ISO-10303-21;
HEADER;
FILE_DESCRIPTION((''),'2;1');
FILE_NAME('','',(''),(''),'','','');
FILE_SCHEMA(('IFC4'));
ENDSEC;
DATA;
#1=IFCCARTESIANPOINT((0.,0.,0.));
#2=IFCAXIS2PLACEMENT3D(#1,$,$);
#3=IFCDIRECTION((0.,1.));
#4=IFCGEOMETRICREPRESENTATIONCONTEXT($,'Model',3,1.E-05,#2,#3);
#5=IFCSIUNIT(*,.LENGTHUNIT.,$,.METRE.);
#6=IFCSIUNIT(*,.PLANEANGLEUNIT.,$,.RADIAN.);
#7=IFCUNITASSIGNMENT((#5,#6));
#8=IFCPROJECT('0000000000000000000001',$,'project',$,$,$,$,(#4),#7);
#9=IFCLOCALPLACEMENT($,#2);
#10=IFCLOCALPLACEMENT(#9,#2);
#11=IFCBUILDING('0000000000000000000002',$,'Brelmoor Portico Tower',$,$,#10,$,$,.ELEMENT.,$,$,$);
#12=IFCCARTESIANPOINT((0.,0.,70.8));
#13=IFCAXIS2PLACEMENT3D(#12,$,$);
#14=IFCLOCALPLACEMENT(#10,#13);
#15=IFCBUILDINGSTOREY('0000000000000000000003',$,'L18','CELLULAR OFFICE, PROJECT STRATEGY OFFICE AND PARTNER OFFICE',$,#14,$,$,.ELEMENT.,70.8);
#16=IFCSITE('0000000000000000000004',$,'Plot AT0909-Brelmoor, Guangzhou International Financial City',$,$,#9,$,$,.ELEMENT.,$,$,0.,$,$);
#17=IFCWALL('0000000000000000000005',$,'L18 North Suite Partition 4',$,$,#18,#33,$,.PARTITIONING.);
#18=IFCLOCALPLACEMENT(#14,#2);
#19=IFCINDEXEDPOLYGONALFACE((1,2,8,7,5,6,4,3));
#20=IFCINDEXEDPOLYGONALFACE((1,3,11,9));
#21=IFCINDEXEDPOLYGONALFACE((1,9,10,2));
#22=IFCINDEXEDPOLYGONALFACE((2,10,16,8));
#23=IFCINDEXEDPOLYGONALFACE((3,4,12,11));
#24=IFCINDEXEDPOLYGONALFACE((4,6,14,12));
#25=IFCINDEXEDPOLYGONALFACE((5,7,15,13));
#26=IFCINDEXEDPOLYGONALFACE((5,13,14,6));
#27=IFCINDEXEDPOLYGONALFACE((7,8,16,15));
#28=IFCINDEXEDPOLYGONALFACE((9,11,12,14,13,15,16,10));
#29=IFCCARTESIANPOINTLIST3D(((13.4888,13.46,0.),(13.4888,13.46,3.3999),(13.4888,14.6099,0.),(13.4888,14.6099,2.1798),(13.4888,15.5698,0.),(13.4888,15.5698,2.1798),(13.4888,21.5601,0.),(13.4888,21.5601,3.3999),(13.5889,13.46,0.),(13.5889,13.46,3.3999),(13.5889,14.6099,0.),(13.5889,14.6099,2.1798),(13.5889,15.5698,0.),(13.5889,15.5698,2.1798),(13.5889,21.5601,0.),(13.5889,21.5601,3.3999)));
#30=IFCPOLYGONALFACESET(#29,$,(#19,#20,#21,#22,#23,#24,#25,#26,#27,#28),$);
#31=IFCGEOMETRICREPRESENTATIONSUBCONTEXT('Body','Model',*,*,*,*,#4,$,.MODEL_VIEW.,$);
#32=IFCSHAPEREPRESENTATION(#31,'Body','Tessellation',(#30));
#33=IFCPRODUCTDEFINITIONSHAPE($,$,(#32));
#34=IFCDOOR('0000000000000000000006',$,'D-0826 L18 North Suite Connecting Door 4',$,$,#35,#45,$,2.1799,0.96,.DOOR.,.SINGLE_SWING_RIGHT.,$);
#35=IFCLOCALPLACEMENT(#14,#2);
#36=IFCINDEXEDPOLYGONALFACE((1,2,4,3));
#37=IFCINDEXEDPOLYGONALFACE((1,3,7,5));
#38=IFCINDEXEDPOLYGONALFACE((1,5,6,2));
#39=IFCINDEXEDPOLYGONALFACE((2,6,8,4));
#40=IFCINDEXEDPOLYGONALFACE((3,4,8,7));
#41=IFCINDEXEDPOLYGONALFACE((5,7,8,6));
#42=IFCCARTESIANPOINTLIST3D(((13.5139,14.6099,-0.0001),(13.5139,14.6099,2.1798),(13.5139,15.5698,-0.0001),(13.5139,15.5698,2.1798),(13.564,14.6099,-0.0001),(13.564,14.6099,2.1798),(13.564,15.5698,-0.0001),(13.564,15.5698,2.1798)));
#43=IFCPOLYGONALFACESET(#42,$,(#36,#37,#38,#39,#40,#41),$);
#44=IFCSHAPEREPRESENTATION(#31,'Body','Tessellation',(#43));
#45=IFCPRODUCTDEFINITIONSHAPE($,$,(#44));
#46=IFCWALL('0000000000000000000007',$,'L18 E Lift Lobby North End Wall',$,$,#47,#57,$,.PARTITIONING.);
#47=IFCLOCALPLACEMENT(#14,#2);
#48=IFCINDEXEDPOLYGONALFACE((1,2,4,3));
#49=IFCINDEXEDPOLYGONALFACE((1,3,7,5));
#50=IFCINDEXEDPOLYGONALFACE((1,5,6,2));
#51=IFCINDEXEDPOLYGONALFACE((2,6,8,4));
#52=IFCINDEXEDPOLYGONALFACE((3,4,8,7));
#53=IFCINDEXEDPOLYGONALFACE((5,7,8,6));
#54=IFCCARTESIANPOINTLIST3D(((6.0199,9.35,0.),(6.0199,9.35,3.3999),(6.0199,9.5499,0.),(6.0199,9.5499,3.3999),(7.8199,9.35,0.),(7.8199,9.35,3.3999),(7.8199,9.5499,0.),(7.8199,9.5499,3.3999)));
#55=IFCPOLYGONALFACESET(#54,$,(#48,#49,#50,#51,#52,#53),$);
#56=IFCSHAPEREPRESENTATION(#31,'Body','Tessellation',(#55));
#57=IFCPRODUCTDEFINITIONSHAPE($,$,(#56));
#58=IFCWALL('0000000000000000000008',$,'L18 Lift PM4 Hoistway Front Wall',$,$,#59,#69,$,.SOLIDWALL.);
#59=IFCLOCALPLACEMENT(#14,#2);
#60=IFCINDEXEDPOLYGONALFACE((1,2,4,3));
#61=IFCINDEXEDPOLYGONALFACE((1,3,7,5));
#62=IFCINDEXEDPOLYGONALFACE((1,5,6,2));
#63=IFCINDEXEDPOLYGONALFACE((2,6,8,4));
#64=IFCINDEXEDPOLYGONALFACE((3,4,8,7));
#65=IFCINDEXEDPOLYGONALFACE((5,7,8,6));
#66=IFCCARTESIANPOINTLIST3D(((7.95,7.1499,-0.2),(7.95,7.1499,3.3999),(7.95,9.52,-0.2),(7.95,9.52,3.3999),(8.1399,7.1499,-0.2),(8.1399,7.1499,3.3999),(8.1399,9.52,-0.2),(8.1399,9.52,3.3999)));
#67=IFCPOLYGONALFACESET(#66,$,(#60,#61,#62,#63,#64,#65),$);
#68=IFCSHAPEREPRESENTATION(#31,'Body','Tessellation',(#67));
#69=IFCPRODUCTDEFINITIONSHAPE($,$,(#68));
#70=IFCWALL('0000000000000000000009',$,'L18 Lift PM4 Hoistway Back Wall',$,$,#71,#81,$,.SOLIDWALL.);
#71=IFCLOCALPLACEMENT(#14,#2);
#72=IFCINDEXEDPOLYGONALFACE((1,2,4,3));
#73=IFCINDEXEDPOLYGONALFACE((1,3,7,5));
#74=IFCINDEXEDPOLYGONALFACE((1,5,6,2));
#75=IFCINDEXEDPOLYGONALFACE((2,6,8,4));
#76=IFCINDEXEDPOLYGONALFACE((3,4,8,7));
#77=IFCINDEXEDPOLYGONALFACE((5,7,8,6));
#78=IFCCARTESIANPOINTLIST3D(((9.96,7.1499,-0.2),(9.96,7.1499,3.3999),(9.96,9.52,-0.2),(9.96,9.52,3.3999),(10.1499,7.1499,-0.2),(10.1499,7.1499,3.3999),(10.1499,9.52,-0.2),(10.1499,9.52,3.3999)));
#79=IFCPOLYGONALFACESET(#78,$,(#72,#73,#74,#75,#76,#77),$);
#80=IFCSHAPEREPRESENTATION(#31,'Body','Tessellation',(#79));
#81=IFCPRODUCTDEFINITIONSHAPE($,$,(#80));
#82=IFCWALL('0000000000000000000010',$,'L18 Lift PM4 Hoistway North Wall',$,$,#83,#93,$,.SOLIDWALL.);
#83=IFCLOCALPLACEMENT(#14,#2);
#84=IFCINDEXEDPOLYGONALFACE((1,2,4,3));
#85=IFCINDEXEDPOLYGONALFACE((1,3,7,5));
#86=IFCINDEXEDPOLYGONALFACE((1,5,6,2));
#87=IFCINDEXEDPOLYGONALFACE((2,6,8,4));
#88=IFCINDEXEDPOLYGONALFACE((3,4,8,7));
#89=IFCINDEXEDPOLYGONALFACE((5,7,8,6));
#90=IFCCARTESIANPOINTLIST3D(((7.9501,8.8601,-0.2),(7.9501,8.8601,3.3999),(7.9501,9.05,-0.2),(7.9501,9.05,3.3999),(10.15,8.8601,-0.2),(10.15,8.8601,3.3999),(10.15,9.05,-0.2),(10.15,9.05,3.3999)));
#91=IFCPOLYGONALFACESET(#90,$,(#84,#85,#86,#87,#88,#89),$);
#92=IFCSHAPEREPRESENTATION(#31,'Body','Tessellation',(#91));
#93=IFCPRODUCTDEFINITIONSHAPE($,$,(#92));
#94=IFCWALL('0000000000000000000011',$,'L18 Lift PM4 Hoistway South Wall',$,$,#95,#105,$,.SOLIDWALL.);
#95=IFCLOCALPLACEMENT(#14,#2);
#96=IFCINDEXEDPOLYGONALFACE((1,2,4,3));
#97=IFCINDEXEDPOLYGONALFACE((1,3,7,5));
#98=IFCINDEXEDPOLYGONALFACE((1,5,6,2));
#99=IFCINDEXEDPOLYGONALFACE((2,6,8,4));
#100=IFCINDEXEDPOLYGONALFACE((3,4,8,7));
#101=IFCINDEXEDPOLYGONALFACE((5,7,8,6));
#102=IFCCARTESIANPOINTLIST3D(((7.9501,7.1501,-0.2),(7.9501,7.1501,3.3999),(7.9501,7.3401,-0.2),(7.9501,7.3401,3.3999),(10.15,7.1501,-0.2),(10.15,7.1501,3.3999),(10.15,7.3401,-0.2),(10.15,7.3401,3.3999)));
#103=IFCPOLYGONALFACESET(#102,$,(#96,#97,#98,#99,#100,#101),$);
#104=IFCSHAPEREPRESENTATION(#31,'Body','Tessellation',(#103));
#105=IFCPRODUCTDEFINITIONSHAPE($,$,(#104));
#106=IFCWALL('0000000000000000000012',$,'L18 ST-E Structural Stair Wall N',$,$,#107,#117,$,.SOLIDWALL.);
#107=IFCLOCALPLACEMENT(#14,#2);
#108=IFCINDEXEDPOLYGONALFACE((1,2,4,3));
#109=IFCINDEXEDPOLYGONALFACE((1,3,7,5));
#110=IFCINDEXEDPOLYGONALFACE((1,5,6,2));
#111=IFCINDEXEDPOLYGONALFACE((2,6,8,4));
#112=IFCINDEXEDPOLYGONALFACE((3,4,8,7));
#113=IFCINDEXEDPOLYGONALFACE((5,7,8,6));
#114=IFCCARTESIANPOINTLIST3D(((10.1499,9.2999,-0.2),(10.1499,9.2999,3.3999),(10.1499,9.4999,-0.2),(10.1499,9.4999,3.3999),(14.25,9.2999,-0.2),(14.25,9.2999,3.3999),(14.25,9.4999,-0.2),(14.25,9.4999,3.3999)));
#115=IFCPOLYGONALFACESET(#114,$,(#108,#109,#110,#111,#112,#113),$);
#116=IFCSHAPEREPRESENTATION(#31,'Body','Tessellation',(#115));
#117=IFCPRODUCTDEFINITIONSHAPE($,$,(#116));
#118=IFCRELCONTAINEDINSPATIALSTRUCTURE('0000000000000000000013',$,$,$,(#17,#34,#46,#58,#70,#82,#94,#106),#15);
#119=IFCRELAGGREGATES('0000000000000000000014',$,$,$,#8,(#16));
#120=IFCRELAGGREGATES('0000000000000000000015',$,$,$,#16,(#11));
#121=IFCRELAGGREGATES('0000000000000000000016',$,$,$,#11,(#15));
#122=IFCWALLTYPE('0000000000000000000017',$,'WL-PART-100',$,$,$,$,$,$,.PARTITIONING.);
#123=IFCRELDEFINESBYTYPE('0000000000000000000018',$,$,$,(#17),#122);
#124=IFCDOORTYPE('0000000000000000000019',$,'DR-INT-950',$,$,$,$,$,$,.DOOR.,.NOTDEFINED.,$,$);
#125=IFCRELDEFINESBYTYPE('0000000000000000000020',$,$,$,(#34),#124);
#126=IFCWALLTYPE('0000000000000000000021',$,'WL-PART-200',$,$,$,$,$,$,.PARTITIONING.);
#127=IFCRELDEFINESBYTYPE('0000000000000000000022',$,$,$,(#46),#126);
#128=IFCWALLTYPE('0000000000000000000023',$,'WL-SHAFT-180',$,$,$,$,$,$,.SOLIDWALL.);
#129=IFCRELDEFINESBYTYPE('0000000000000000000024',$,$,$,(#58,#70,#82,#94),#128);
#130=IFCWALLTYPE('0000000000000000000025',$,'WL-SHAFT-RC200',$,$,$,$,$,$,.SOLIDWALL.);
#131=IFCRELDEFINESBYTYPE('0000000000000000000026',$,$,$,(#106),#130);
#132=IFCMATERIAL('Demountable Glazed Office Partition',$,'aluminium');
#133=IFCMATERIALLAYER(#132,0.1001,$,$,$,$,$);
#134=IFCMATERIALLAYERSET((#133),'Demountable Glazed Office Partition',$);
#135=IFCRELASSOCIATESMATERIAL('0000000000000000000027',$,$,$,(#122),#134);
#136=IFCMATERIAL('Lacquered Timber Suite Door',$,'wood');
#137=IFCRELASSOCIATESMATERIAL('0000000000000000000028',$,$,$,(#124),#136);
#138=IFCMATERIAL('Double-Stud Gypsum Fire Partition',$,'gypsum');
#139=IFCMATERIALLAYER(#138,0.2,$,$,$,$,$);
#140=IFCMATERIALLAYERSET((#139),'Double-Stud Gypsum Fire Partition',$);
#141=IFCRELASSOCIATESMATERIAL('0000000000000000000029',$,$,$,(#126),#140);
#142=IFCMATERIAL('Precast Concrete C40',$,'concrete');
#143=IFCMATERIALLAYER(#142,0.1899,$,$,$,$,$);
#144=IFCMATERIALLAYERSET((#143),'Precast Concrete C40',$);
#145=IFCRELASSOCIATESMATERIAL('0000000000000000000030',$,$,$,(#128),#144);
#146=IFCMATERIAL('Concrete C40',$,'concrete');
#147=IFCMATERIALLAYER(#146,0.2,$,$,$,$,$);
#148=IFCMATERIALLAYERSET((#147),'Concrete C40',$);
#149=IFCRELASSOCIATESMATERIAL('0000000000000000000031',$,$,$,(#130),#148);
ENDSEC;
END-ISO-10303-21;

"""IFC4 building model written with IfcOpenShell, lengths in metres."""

from ifc_helpers import new_model, si_unit, direction, frame, frame_2d, origin, place, context, subcontext, project, spatial, rectangle, extrude, material, layer, layer_set, type_object, element, fill, save


model = new_model("IFC4")

# Units and contexts
model_context = context("Model", 3, precision=1e-05, world=origin(), true_north=direction((0.0, 1.0)))
body_context = subcontext(model_context, "Body", "Model", "MODEL_VIEW")
ifc_project = project(units=[si_unit("LENGTHUNIT", "METRE"), si_unit("PLANEANGLEUNIT", "RADIAN")], contexts=[model_context])

# Site, building, storey
site_placement = place(None, origin())
site = spatial("IfcSite", under=ifc_project, at=site_placement, Name="Plot AT0909-Brelmoor, Guangzhou International Financial City", CompositionType="ELEMENT", RefElevation=0.0)
building_placement = place(site_placement, origin())
building = spatial("IfcBuilding", under=site, at=building_placement, Name="Brelmoor Portico Tower", CompositionType="ELEMENT")
storey_placement = place(building_placement, frame((0.0, 0.0, 70.8)))
storey = spatial("IfcBuildingStorey", under=building, at=storey_placement, Name="L18", Description="CELLULAR OFFICE, PROJECT STRATEGY OFFICE AND PARTNER OFFICE", CompositionType="ELEMENT", Elevation=70.8)

# Wall, opening, door
ifc_material_1 = material(Name="Demountable Glazed Office Partition", Category="aluminium")
ifc_layer_1 = layer(ifc_material_1, 0.1001)
ifc_layer_set_1 = layer_set([ifc_layer_1], Name="Demountable Glazed Office Partition")
wall_type_1 = type_object("IfcWallType", Name="WL-PART-100", PredefinedType="PARTITIONING", material=ifc_layer_set_1)
ifc_material_2 = material(Name="Lacquered Timber Suite Door", Category="wood")
door_type = type_object("IfcDoorType", Name="DR-INT-950", OperationType="NOTDEFINED", PredefinedType="DOOR", material=ifc_material_2)
wall_1_placement = place(storey_placement, frame((13.5388, 13.46, 0.0), z_axis=(0.0, 0.0, 1.0), x_axis=(0.0, 1.0, 0.0)))
wall_1 = element("IfcWall", 1, at=wall_1_placement, inside=storey, type_object=wall_type_1, Name="L18 North Suite Partition 4", PredefinedType="PARTITIONING", context=body_context, shape_type="SweptSolid", body=[
    extrude(rectangle(XDim=8.1001, YDim=0.1001, at=frame_2d((4.05, 0.0))), origin(), (0.0, 0.0, 1.0), 3.3999),
])
opening_1_placement = place(wall_1_placement, frame((1.1499, 0.0, 0.0)))
opening_1 = element("IfcOpeningElement", 2, at=opening_1_placement, cuts=wall_1, PredefinedType="OPENING", context=body_context, shape_type="SweptSolid", body=[
    extrude(rectangle(XDim=0.96, YDim=2.1799, at=frame_2d((0.48, 1.0898))), frame((0.0, 0.0601, 0.0), z_axis=(0.0, -1.0, 0.0), x_axis=(1.0, 0.0, 0.0)), (0.0, 0.0, 1.0), 0.1201),
])
door_1_placement = place(opening_1_placement, origin())
door_1 = element("IfcDoor", 3, at=door_1_placement, inside=storey, type_object=door_type, Name="D-0826 L18 North Suite Connecting Door 4", OperationType="SINGLE_SWING_RIGHT", OverallHeight=2.1799, OverallWidth=0.96, PredefinedType="DOOR", context=body_context, shape_type="SweptSolid", body=[
    extrude(rectangle(XDim=0.96, YDim=2.1799, at=frame_2d((0.48, 1.0898))), frame((0.0, 0.0249, 0.0), z_axis=(0.0, -1.0, 0.0), x_axis=(1.0, 0.0, 0.0)), (0.0, 0.0, 1.0), 0.05),
])
fill(opening_1, door_1)

# Walls
ifc_material_3 = material(Name="Double-Stud Gypsum Fire Partition", Category="gypsum")
ifc_layer_2 = layer(ifc_material_3, 0.2)
ifc_layer_set_2 = layer_set([ifc_layer_2], Name="Double-Stud Gypsum Fire Partition")
wall_type_2 = type_object("IfcWallType", Name="WL-PART-200", PredefinedType="PARTITIONING", material=ifc_layer_set_2)
wall_2_placement = place(storey_placement, frame((6.02, 9.45, 0.0), z_axis=(0.0, 0.0, 1.0), x_axis=(1.0, 0.0, 0.0)))
element("IfcWall", 4, at=wall_2_placement, inside=storey, type_object=wall_type_2, Name="L18 E Lift Lobby North End Wall", PredefinedType="PARTITIONING", context=body_context, shape_type="SweptSolid", body=[
    extrude(rectangle(XDim=1.8, YDim=0.2, at=frame_2d((0.8999, 0.0))), origin(), (0.0, 0.0, 1.0), 3.3999),
])
ifc_material_4 = material(Name="Precast Concrete C40", Category="concrete")
ifc_layer_3 = layer(ifc_material_4, 0.1899)
ifc_layer_set_3 = layer_set([ifc_layer_3], Name="Precast Concrete C40")
wall_type_3 = type_object("IfcWallType", Name="WL-SHAFT-180", PredefinedType="SOLIDWALL", material=ifc_layer_set_3)
for number, where, z_axis, x_axis, name in (
    (5, (8.0449, 7.1499, -0.2), (0.0, 0.0, 1.0), (0.0, 1.0, 0.0), "L18 Lift PM4 Hoistway Front Wall"),
    (6, (10.0549, 7.1499, -0.2), (0.0, 0.0, 1.0), (0.0, 1.0, 0.0), "L18 Lift PM4 Hoistway Back Wall"),
):
    element("IfcWall", number, at=place(storey_placement, frame(where, z_axis=z_axis, x_axis=x_axis)), inside=storey, type_object=wall_type_3, Name=name, PredefinedType="SOLIDWALL", context=body_context, shape_type="SweptSolid", body=[
        extrude(rectangle(XDim=2.3701, YDim=0.1899, at=frame_2d((1.1851, 0.0))), origin(), (0.0, 0.0, 1.0), 3.5999),
    ])
for number, where, z_axis, x_axis, name in (
    (7, (7.95, 8.9551, -0.2), (0.0, 0.0, 1.0), (1.0, 0.0, 0.0), "L18 Lift PM4 Hoistway North Wall"),
    (8, (7.95, 7.2451, -0.2), (0.0, 0.0, 1.0), (1.0, 0.0, 0.0), "L18 Lift PM4 Hoistway South Wall"),
):
    element("IfcWall", number, at=place(storey_placement, frame(where, z_axis=z_axis, x_axis=x_axis)), inside=storey, type_object=wall_type_3, Name=name, PredefinedType="SOLIDWALL", context=body_context, shape_type="SweptSolid", body=[
        extrude(rectangle(XDim=2.2, YDim=0.1899, at=frame_2d((1.1001, 0.0))), origin(), (0.0, 0.0, 1.0), 3.5999),
    ])
ifc_material_5 = material(Name="Concrete C40", Category="concrete")
ifc_layer_4 = layer(ifc_material_5, 0.2)
ifc_layer_set_4 = layer_set([ifc_layer_4], Name="Concrete C40")
wall_type_4 = type_object("IfcWallType", Name="WL-SHAFT-RC200", PredefinedType="SOLIDWALL", material=ifc_layer_set_4)
wall_3_placement = place(storey_placement, frame((10.1499, 9.3999, -0.2), z_axis=(0.0, 0.0, 1.0), x_axis=(1.0, 0.0, 0.0)))
element("IfcWall", 9, at=wall_3_placement, inside=storey, type_object=wall_type_4, Name="L18 ST-E Structural Stair Wall N", PredefinedType="SOLIDWALL", context=body_context, shape_type="SweptSolid", body=[
    extrude(rectangle(XDim=4.1001, YDim=0.2, at=frame_2d((2.05, 0.0))), origin(), (0.0, 0.0, 1.0), 3.5999),
])

save(model, "model.ifc")
